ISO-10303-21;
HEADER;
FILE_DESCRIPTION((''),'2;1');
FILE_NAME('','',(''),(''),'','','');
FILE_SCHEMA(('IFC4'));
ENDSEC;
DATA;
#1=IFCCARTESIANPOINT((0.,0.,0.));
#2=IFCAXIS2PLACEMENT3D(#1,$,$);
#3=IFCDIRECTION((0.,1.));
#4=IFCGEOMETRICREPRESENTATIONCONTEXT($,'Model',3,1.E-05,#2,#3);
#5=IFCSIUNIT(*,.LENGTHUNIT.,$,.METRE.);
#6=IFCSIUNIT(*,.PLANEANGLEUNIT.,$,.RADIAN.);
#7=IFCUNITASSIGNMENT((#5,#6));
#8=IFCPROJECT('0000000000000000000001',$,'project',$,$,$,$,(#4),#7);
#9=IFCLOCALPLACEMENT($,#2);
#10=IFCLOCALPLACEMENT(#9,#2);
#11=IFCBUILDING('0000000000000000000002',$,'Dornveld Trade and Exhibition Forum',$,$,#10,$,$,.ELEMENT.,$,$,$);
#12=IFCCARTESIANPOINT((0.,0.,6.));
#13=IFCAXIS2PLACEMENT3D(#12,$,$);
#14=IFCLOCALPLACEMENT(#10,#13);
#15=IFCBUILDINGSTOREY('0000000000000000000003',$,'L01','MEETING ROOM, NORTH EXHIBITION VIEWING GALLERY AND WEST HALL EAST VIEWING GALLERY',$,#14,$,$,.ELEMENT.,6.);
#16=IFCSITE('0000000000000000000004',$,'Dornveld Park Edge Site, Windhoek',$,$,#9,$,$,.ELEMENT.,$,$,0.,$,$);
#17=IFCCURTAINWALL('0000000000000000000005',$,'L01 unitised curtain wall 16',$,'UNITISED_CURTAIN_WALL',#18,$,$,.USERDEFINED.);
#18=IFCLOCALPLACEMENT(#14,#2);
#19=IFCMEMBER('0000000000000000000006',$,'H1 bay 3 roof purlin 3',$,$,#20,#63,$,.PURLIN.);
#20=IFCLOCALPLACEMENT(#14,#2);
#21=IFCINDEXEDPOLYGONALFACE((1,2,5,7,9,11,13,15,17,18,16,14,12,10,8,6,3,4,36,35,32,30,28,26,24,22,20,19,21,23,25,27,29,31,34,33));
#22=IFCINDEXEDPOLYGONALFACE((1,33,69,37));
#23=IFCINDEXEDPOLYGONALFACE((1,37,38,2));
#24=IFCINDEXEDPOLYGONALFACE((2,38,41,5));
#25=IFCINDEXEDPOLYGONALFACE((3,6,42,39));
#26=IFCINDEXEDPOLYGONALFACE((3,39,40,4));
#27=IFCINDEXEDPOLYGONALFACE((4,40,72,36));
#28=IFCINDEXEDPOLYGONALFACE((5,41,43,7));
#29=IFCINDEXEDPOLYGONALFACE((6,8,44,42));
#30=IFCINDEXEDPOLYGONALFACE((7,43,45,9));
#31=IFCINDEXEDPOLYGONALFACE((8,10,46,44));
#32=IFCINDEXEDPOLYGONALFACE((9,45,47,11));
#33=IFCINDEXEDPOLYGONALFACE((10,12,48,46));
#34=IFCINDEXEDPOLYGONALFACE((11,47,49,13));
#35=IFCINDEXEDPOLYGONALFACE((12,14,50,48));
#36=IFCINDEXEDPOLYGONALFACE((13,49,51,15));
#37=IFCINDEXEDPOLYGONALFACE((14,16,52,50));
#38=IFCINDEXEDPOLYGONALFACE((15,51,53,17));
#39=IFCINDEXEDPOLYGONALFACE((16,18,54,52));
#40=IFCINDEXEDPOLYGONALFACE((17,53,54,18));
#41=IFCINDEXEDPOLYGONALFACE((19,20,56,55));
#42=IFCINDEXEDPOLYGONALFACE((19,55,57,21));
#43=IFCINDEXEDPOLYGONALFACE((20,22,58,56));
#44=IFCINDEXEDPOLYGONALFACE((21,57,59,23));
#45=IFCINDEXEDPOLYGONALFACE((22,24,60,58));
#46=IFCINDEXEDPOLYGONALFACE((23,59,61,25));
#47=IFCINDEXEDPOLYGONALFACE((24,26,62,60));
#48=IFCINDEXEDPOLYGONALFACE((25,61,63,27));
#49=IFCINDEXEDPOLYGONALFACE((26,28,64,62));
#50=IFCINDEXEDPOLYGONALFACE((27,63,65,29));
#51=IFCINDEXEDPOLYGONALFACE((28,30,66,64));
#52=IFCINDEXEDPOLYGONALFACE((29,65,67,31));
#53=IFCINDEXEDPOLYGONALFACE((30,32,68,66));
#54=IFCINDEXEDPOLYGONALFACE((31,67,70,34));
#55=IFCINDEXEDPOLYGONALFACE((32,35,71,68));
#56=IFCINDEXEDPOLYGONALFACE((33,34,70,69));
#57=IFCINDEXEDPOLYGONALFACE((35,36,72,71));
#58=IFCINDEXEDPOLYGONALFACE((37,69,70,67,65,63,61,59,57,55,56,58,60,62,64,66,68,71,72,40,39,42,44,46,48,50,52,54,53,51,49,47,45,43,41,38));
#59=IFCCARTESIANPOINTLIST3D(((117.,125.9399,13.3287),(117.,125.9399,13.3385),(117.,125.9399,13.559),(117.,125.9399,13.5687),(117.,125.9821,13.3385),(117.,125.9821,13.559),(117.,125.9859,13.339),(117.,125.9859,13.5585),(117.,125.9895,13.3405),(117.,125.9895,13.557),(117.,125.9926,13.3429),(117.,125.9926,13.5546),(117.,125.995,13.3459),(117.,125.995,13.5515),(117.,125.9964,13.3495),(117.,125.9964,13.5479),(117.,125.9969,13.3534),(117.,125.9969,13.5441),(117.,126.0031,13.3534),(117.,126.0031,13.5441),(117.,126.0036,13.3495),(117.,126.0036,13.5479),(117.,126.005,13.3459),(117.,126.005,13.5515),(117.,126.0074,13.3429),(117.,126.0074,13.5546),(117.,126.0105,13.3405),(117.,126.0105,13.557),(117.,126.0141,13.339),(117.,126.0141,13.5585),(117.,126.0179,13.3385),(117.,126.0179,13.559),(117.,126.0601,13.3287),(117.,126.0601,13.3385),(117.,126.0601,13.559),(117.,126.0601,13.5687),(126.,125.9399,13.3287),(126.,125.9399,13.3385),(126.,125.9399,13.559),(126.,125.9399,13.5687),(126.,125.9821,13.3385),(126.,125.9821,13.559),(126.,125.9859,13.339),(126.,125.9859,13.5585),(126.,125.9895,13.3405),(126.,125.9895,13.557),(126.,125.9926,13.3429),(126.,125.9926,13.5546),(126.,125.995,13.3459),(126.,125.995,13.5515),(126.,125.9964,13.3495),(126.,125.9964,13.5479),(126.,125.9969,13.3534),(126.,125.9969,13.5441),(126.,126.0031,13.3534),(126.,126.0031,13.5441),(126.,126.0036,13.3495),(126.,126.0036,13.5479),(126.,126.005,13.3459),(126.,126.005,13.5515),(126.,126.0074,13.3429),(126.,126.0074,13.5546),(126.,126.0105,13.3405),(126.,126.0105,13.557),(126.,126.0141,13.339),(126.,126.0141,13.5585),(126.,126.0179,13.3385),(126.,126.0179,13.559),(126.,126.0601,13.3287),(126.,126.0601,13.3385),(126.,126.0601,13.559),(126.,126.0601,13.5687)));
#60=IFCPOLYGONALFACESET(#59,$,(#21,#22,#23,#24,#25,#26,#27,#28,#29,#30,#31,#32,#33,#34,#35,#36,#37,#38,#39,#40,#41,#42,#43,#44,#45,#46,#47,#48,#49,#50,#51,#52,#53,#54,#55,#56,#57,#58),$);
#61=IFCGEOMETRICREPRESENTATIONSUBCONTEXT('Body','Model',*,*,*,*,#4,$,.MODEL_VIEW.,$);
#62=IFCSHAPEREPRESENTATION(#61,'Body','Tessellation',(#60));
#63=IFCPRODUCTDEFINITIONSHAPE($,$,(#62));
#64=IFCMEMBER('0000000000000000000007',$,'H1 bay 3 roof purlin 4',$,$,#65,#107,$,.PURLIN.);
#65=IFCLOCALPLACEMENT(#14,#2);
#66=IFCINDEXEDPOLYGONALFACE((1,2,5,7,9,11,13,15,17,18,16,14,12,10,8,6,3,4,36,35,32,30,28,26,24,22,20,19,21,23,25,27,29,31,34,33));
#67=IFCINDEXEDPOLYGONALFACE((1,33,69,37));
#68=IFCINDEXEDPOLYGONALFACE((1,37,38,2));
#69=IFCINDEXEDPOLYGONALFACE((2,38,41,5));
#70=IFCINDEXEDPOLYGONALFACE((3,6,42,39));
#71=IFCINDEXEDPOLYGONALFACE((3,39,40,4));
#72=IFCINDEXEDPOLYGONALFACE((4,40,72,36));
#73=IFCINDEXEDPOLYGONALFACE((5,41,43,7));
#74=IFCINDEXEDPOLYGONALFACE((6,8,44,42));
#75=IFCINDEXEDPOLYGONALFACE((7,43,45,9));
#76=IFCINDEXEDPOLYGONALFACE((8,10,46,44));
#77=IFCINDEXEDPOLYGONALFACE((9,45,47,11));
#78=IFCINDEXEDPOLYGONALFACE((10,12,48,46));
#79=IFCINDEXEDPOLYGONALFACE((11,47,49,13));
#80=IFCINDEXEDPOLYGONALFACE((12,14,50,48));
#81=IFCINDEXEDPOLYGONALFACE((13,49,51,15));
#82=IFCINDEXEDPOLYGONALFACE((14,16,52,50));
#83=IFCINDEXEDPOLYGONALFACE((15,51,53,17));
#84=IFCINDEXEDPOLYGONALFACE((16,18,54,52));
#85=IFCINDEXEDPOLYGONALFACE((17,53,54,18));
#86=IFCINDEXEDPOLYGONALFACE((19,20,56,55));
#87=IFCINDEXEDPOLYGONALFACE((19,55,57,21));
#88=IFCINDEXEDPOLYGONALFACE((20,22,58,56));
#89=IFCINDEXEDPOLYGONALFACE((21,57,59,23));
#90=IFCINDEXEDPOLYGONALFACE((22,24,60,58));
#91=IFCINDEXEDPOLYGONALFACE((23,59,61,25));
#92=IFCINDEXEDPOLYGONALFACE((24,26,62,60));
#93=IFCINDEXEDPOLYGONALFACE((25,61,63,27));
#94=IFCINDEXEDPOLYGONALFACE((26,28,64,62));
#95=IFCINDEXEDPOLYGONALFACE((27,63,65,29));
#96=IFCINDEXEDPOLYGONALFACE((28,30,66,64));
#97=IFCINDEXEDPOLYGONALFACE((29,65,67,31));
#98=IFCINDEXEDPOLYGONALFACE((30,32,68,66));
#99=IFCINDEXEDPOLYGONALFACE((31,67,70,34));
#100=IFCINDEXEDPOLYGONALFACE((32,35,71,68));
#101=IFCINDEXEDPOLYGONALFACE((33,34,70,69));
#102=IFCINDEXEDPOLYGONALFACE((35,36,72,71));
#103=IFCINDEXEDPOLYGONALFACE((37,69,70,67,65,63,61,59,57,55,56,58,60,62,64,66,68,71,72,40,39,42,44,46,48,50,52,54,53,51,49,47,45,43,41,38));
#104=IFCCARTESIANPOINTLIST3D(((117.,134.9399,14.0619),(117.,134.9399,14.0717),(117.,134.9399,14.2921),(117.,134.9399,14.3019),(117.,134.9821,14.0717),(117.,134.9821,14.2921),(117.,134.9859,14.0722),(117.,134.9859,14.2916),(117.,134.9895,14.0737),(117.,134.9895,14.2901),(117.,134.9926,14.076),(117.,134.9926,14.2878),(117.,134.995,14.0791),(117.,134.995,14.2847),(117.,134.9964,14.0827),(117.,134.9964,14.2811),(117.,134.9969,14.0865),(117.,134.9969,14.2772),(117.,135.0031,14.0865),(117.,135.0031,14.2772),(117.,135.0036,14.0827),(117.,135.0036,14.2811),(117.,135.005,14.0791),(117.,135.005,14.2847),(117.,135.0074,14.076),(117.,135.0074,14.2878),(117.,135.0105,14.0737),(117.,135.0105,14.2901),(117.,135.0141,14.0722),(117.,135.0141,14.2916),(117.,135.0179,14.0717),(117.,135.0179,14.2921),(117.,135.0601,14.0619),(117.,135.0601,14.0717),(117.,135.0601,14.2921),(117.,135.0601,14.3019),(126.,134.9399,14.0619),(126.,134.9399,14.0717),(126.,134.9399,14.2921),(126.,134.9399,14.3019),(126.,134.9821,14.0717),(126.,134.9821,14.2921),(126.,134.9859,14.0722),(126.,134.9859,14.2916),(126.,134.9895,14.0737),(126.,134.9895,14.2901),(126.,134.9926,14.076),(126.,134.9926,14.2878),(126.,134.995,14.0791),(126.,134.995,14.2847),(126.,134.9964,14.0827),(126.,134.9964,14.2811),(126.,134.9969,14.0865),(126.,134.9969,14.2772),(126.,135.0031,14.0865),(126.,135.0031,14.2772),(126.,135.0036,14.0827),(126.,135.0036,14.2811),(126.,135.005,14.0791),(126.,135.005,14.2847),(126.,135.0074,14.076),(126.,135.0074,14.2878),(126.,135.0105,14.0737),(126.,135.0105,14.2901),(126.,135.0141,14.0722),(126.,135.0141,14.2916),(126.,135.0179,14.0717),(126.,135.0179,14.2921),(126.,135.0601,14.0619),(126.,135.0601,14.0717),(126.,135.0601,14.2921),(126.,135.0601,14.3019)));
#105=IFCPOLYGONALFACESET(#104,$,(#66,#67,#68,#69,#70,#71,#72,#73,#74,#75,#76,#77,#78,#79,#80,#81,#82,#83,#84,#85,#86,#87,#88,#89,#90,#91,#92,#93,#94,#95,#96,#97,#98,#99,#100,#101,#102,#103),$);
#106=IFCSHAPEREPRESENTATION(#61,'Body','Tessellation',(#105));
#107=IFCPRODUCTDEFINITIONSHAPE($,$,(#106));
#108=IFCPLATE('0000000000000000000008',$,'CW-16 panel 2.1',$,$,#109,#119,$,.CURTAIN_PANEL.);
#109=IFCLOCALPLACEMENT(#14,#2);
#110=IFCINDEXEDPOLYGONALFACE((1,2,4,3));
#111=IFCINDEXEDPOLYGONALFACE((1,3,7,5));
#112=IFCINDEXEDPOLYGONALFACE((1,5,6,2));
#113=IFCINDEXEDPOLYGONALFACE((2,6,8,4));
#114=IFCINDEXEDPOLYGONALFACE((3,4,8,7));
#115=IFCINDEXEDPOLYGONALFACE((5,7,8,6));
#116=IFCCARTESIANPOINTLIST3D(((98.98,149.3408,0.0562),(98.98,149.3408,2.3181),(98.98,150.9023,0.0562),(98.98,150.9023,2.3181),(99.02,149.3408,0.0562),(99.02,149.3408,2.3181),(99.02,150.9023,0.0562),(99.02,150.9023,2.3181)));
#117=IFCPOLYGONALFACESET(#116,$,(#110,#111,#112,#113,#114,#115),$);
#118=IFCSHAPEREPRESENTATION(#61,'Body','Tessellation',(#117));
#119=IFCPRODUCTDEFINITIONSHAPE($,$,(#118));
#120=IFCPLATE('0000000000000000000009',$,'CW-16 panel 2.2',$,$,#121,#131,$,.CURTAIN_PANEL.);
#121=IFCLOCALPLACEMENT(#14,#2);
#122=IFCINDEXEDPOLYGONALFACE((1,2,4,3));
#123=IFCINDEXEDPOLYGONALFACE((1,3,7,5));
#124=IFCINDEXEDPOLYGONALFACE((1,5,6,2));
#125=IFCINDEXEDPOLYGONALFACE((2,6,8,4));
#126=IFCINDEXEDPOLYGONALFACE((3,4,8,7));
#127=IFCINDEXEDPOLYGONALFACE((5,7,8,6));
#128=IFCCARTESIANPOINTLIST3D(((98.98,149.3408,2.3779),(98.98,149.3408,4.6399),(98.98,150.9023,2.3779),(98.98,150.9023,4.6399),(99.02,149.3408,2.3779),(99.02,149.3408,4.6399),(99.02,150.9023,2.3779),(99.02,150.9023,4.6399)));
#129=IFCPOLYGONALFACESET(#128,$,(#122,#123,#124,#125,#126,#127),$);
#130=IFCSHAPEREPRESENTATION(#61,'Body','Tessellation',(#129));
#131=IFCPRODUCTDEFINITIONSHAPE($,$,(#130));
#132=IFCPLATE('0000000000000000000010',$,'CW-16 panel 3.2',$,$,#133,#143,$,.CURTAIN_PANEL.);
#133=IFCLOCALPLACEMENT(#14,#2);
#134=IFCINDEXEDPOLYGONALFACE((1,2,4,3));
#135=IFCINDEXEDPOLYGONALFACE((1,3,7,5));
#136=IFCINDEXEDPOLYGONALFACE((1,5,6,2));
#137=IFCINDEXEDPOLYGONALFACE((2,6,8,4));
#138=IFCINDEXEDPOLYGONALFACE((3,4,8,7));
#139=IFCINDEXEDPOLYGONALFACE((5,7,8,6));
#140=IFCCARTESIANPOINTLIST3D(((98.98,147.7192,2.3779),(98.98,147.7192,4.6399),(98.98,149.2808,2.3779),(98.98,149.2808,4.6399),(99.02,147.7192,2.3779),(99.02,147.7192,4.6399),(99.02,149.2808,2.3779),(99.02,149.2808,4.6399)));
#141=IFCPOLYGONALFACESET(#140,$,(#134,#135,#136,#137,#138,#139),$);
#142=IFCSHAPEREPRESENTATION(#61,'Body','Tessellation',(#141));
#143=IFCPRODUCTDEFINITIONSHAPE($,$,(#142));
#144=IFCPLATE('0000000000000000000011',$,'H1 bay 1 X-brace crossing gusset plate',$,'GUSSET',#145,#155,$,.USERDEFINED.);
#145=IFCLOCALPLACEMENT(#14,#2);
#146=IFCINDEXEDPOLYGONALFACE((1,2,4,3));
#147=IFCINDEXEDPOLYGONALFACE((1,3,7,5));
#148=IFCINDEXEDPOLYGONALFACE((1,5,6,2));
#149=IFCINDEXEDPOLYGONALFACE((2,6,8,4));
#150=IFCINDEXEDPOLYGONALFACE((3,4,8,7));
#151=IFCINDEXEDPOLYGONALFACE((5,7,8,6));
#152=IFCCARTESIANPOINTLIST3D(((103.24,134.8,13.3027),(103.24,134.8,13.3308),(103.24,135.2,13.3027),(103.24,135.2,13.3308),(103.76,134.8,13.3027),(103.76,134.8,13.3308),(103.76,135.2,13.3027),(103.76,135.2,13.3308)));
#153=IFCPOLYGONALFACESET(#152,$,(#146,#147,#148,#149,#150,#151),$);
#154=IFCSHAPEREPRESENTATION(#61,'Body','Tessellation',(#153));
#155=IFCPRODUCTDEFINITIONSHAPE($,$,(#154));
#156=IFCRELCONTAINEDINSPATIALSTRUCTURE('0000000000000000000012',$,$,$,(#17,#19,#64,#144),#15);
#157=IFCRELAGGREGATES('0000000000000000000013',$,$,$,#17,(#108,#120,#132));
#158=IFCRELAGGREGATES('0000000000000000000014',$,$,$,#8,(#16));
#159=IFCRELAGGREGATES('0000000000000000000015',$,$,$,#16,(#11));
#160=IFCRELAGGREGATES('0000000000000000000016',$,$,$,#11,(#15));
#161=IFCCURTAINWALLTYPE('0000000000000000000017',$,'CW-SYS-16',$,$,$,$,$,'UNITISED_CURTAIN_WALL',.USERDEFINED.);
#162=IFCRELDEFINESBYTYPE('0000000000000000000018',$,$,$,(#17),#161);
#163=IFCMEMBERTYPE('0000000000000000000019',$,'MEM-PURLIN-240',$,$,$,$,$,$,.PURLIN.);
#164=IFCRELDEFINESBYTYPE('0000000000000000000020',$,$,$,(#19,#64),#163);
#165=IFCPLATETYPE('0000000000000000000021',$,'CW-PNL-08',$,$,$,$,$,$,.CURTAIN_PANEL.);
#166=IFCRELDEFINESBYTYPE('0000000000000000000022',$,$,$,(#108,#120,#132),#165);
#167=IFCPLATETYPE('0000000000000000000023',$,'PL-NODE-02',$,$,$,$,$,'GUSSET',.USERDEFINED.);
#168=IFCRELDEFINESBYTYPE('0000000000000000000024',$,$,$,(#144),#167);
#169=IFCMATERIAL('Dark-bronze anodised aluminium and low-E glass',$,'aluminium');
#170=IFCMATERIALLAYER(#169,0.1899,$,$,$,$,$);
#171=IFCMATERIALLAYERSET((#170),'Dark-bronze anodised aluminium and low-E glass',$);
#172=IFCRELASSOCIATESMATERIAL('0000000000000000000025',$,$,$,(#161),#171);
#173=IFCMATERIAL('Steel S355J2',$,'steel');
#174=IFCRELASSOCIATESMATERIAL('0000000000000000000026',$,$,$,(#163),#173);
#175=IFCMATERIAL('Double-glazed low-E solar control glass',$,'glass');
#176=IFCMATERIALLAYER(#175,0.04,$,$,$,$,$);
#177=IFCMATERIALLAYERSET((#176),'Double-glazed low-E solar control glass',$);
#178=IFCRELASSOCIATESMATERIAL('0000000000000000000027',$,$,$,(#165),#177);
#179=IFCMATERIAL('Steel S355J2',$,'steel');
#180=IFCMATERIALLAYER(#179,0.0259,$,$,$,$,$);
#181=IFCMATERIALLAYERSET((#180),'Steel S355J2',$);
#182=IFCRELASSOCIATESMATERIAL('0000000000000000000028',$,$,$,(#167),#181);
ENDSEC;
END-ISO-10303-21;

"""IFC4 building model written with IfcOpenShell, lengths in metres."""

from ifc_helpers import new_model, si_unit, direction, frame, origin, origin_2d, place, context, subcontext, project, spatial, rectangle, i_section, extrude, material, layer, layer_set, material_profile, profile_set, type_object, element, aggregate, save


model = new_model("IFC4")

# Units and contexts
model_context = context("Model", 3, precision=1e-05, world=origin(), true_north=direction((0.0, 1.0)))
body_context = subcontext(model_context, "Body", "Model", "MODEL_VIEW")
ifc_project = project(units=[si_unit("LENGTHUNIT", "METRE"), si_unit("PLANEANGLEUNIT", "RADIAN")], contexts=[model_context])

# Site, building, storey
site_placement = place(None, origin())
site = spatial("IfcSite", under=ifc_project, at=site_placement, Name="Dornveld Park Edge Site, Windhoek", CompositionType="ELEMENT", RefElevation=0.0)
building_placement = place(site_placement, origin())
building = spatial("IfcBuilding", under=site, at=building_placement, Name="Dornveld Trade and Exhibition Forum", CompositionType="ELEMENT")
storey_placement = place(building_placement, frame((0.0, 0.0, 6.0)))
storey = spatial("IfcBuildingStorey", under=building, at=storey_placement, Name="L01", Description="MEETING ROOM, NORTH EXHIBITION VIEWING GALLERY AND WEST HALL EAST VIEWING GALLERY", CompositionType="ELEMENT", Elevation=6.0)

# Curtain wall
ifc_material_1 = material(Name="Dark-bronze anodised aluminium and low-E glass", Category="aluminium")
ifc_layer_1 = layer(ifc_material_1, 0.1899)
ifc_layer_set_1 = layer_set([ifc_layer_1], Name="Dark-bronze anodised aluminium and low-E glass")
curtain_wall_type = type_object("IfcCurtainWallType", Name="CW-SYS-16", ElementType="UNITISED_CURTAIN_WALL", PredefinedType="USERDEFINED", material=ifc_layer_set_1)
curtain_wall_placement = place(storey_placement, origin())
curtain_wall = element("IfcCurtainWall", 1, at=curtain_wall_placement, inside=storey, type_object=curtain_wall_type, Name="L01 unitised curtain wall 16", ObjectType="UNITISED_CURTAIN_WALL", PredefinedType="USERDEFINED")

# Members
ifc_material_2 = material(Name="Steel S355J2", Category="steel")
ifc_material_profile_1 = material_profile(ifc_material_2, i_section(OverallWidth=0.1201, OverallDepth=0.24, WebThickness=0.0061, FlangeThickness=0.0098, FilletRadius=0.0149, at=origin_2d()), Name="IPE 240")
ifc_profile_set_1 = profile_set([ifc_material_profile_1], Name="Steel S355J2")
member_type_1 = type_object("IfcMemberType", Name="MEM-PURLIN-240", PredefinedType="PURLIN", material=ifc_profile_set_1)
for number, where, z_axis, x_axis, name in (
    (2, (117.0, 126.0, 13.4487), (1.0, 0.0, 0.0), (0.0, 1.0, 0.0), "H1 bay 3 roof purlin 3"),
    (3, (117.0, 135.0, 14.1819), (1.0, 0.0, 0.0), (0.0, 1.0, 0.0), "H1 bay 3 roof purlin 4"),
):
    element("IfcMember", number, at=place(storey_placement, frame(where, z_axis=z_axis, x_axis=x_axis)), inside=storey, type_object=member_type_1, Name=name, PredefinedType="PURLIN", context=body_context, shape_type="SweptSolid", body=[
        extrude(i_section(OverallWidth=0.1201, OverallDepth=0.24, WebThickness=0.0061, FlangeThickness=0.0098, FilletRadius=0.0149, at=origin_2d()), origin(), (0.0, 0.0, 1.0), 9.0),
    ])

# Plates
ifc_material_3 = material(Name="Double-glazed low-E solar control glass", Category="glass")
ifc_layer_2 = layer(ifc_material_3, 0.04)
ifc_layer_set_2 = layer_set([ifc_layer_2], Name="Double-glazed low-E solar control glass")
plate_type_1 = type_object("IfcPlateType", Name="CW-PNL-08", PredefinedType="CURTAIN_PANEL", material=ifc_layer_set_2)
plate_1_placement = place(storey_placement, frame((99.0, 150.1216, 0.0562), z_axis=(0.0, 0.0, 1.0), x_axis=(0.0, -1.0, 0.0)))
plate_1 = element("IfcPlate", 4, at=plate_1_placement, type_object=plate_type_1, Name="CW-16 panel 2.1", PredefinedType="CURTAIN_PANEL", context=body_context, shape_type="SweptSolid", body=[
    extrude(rectangle(XDim=1.5615, YDim=0.04, at=origin_2d()), origin(), (0.0, 0.0, 1.0), 2.262),
])
plate_2_placement = place(storey_placement, frame((99.0, 150.1216, 2.3779), z_axis=(0.0, 0.0, 1.0), x_axis=(0.0, -1.0, 0.0)))
plate_2 = element("IfcPlate", 5, at=plate_2_placement, type_object=plate_type_1, Name="CW-16 panel 2.2", PredefinedType="CURTAIN_PANEL", context=body_context, shape_type="SweptSolid", body=[
    extrude(rectangle(XDim=1.5615, YDim=0.04, at=origin_2d()), origin(), (0.0, 0.0, 1.0), 2.262),
])
plate_3_placement = place(storey_placement, frame((99.0, 148.5, 2.3779), z_axis=(0.0, 0.0, 1.0), x_axis=(0.0, -1.0, 0.0)))
plate_3 = element("IfcPlate", 6, at=plate_3_placement, type_object=plate_type_1, Name="CW-16 panel 3.2", PredefinedType="CURTAIN_PANEL", context=body_context, shape_type="SweptSolid", body=[
    extrude(rectangle(XDim=1.5615, YDim=0.04, at=origin_2d()), origin(), (0.0, 0.0, 1.0), 2.262),
])
aggregate(curtain_wall, [plate_1, plate_2, plate_3])
ifc_material_4 = material(Name="Steel S355J2", Category="steel")
ifc_layer_3 = layer(ifc_material_4, 0.0259)
ifc_layer_set_3 = layer_set([ifc_layer_3], Name="Steel S355J2")
plate_type_2 = type_object("IfcPlateType", Name="PL-NODE-02", ElementType="GUSSET", PredefinedType="USERDEFINED", material=ifc_layer_set_3)
plate_4_placement = place(storey_placement, frame((103.5, 135.0, 13.3027), z_axis=(0.0, 0.0, 1.0), x_axis=(1.0, 0.0, 0.0)))
element("IfcPlate", 7, at=plate_4_placement, inside=storey, type_object=plate_type_2, Name="H1 bay 1 X-brace crossing gusset plate", ObjectType="GUSSET", PredefinedType="USERDEFINED", context=body_context, shape_type="SweptSolid", body=[
    extrude(rectangle(XDim=0.52, YDim=0.3999, at=origin_2d()), origin(), (0.0, 0.0, 1.0), 0.0281),
])

save(model, "model.ifc")
